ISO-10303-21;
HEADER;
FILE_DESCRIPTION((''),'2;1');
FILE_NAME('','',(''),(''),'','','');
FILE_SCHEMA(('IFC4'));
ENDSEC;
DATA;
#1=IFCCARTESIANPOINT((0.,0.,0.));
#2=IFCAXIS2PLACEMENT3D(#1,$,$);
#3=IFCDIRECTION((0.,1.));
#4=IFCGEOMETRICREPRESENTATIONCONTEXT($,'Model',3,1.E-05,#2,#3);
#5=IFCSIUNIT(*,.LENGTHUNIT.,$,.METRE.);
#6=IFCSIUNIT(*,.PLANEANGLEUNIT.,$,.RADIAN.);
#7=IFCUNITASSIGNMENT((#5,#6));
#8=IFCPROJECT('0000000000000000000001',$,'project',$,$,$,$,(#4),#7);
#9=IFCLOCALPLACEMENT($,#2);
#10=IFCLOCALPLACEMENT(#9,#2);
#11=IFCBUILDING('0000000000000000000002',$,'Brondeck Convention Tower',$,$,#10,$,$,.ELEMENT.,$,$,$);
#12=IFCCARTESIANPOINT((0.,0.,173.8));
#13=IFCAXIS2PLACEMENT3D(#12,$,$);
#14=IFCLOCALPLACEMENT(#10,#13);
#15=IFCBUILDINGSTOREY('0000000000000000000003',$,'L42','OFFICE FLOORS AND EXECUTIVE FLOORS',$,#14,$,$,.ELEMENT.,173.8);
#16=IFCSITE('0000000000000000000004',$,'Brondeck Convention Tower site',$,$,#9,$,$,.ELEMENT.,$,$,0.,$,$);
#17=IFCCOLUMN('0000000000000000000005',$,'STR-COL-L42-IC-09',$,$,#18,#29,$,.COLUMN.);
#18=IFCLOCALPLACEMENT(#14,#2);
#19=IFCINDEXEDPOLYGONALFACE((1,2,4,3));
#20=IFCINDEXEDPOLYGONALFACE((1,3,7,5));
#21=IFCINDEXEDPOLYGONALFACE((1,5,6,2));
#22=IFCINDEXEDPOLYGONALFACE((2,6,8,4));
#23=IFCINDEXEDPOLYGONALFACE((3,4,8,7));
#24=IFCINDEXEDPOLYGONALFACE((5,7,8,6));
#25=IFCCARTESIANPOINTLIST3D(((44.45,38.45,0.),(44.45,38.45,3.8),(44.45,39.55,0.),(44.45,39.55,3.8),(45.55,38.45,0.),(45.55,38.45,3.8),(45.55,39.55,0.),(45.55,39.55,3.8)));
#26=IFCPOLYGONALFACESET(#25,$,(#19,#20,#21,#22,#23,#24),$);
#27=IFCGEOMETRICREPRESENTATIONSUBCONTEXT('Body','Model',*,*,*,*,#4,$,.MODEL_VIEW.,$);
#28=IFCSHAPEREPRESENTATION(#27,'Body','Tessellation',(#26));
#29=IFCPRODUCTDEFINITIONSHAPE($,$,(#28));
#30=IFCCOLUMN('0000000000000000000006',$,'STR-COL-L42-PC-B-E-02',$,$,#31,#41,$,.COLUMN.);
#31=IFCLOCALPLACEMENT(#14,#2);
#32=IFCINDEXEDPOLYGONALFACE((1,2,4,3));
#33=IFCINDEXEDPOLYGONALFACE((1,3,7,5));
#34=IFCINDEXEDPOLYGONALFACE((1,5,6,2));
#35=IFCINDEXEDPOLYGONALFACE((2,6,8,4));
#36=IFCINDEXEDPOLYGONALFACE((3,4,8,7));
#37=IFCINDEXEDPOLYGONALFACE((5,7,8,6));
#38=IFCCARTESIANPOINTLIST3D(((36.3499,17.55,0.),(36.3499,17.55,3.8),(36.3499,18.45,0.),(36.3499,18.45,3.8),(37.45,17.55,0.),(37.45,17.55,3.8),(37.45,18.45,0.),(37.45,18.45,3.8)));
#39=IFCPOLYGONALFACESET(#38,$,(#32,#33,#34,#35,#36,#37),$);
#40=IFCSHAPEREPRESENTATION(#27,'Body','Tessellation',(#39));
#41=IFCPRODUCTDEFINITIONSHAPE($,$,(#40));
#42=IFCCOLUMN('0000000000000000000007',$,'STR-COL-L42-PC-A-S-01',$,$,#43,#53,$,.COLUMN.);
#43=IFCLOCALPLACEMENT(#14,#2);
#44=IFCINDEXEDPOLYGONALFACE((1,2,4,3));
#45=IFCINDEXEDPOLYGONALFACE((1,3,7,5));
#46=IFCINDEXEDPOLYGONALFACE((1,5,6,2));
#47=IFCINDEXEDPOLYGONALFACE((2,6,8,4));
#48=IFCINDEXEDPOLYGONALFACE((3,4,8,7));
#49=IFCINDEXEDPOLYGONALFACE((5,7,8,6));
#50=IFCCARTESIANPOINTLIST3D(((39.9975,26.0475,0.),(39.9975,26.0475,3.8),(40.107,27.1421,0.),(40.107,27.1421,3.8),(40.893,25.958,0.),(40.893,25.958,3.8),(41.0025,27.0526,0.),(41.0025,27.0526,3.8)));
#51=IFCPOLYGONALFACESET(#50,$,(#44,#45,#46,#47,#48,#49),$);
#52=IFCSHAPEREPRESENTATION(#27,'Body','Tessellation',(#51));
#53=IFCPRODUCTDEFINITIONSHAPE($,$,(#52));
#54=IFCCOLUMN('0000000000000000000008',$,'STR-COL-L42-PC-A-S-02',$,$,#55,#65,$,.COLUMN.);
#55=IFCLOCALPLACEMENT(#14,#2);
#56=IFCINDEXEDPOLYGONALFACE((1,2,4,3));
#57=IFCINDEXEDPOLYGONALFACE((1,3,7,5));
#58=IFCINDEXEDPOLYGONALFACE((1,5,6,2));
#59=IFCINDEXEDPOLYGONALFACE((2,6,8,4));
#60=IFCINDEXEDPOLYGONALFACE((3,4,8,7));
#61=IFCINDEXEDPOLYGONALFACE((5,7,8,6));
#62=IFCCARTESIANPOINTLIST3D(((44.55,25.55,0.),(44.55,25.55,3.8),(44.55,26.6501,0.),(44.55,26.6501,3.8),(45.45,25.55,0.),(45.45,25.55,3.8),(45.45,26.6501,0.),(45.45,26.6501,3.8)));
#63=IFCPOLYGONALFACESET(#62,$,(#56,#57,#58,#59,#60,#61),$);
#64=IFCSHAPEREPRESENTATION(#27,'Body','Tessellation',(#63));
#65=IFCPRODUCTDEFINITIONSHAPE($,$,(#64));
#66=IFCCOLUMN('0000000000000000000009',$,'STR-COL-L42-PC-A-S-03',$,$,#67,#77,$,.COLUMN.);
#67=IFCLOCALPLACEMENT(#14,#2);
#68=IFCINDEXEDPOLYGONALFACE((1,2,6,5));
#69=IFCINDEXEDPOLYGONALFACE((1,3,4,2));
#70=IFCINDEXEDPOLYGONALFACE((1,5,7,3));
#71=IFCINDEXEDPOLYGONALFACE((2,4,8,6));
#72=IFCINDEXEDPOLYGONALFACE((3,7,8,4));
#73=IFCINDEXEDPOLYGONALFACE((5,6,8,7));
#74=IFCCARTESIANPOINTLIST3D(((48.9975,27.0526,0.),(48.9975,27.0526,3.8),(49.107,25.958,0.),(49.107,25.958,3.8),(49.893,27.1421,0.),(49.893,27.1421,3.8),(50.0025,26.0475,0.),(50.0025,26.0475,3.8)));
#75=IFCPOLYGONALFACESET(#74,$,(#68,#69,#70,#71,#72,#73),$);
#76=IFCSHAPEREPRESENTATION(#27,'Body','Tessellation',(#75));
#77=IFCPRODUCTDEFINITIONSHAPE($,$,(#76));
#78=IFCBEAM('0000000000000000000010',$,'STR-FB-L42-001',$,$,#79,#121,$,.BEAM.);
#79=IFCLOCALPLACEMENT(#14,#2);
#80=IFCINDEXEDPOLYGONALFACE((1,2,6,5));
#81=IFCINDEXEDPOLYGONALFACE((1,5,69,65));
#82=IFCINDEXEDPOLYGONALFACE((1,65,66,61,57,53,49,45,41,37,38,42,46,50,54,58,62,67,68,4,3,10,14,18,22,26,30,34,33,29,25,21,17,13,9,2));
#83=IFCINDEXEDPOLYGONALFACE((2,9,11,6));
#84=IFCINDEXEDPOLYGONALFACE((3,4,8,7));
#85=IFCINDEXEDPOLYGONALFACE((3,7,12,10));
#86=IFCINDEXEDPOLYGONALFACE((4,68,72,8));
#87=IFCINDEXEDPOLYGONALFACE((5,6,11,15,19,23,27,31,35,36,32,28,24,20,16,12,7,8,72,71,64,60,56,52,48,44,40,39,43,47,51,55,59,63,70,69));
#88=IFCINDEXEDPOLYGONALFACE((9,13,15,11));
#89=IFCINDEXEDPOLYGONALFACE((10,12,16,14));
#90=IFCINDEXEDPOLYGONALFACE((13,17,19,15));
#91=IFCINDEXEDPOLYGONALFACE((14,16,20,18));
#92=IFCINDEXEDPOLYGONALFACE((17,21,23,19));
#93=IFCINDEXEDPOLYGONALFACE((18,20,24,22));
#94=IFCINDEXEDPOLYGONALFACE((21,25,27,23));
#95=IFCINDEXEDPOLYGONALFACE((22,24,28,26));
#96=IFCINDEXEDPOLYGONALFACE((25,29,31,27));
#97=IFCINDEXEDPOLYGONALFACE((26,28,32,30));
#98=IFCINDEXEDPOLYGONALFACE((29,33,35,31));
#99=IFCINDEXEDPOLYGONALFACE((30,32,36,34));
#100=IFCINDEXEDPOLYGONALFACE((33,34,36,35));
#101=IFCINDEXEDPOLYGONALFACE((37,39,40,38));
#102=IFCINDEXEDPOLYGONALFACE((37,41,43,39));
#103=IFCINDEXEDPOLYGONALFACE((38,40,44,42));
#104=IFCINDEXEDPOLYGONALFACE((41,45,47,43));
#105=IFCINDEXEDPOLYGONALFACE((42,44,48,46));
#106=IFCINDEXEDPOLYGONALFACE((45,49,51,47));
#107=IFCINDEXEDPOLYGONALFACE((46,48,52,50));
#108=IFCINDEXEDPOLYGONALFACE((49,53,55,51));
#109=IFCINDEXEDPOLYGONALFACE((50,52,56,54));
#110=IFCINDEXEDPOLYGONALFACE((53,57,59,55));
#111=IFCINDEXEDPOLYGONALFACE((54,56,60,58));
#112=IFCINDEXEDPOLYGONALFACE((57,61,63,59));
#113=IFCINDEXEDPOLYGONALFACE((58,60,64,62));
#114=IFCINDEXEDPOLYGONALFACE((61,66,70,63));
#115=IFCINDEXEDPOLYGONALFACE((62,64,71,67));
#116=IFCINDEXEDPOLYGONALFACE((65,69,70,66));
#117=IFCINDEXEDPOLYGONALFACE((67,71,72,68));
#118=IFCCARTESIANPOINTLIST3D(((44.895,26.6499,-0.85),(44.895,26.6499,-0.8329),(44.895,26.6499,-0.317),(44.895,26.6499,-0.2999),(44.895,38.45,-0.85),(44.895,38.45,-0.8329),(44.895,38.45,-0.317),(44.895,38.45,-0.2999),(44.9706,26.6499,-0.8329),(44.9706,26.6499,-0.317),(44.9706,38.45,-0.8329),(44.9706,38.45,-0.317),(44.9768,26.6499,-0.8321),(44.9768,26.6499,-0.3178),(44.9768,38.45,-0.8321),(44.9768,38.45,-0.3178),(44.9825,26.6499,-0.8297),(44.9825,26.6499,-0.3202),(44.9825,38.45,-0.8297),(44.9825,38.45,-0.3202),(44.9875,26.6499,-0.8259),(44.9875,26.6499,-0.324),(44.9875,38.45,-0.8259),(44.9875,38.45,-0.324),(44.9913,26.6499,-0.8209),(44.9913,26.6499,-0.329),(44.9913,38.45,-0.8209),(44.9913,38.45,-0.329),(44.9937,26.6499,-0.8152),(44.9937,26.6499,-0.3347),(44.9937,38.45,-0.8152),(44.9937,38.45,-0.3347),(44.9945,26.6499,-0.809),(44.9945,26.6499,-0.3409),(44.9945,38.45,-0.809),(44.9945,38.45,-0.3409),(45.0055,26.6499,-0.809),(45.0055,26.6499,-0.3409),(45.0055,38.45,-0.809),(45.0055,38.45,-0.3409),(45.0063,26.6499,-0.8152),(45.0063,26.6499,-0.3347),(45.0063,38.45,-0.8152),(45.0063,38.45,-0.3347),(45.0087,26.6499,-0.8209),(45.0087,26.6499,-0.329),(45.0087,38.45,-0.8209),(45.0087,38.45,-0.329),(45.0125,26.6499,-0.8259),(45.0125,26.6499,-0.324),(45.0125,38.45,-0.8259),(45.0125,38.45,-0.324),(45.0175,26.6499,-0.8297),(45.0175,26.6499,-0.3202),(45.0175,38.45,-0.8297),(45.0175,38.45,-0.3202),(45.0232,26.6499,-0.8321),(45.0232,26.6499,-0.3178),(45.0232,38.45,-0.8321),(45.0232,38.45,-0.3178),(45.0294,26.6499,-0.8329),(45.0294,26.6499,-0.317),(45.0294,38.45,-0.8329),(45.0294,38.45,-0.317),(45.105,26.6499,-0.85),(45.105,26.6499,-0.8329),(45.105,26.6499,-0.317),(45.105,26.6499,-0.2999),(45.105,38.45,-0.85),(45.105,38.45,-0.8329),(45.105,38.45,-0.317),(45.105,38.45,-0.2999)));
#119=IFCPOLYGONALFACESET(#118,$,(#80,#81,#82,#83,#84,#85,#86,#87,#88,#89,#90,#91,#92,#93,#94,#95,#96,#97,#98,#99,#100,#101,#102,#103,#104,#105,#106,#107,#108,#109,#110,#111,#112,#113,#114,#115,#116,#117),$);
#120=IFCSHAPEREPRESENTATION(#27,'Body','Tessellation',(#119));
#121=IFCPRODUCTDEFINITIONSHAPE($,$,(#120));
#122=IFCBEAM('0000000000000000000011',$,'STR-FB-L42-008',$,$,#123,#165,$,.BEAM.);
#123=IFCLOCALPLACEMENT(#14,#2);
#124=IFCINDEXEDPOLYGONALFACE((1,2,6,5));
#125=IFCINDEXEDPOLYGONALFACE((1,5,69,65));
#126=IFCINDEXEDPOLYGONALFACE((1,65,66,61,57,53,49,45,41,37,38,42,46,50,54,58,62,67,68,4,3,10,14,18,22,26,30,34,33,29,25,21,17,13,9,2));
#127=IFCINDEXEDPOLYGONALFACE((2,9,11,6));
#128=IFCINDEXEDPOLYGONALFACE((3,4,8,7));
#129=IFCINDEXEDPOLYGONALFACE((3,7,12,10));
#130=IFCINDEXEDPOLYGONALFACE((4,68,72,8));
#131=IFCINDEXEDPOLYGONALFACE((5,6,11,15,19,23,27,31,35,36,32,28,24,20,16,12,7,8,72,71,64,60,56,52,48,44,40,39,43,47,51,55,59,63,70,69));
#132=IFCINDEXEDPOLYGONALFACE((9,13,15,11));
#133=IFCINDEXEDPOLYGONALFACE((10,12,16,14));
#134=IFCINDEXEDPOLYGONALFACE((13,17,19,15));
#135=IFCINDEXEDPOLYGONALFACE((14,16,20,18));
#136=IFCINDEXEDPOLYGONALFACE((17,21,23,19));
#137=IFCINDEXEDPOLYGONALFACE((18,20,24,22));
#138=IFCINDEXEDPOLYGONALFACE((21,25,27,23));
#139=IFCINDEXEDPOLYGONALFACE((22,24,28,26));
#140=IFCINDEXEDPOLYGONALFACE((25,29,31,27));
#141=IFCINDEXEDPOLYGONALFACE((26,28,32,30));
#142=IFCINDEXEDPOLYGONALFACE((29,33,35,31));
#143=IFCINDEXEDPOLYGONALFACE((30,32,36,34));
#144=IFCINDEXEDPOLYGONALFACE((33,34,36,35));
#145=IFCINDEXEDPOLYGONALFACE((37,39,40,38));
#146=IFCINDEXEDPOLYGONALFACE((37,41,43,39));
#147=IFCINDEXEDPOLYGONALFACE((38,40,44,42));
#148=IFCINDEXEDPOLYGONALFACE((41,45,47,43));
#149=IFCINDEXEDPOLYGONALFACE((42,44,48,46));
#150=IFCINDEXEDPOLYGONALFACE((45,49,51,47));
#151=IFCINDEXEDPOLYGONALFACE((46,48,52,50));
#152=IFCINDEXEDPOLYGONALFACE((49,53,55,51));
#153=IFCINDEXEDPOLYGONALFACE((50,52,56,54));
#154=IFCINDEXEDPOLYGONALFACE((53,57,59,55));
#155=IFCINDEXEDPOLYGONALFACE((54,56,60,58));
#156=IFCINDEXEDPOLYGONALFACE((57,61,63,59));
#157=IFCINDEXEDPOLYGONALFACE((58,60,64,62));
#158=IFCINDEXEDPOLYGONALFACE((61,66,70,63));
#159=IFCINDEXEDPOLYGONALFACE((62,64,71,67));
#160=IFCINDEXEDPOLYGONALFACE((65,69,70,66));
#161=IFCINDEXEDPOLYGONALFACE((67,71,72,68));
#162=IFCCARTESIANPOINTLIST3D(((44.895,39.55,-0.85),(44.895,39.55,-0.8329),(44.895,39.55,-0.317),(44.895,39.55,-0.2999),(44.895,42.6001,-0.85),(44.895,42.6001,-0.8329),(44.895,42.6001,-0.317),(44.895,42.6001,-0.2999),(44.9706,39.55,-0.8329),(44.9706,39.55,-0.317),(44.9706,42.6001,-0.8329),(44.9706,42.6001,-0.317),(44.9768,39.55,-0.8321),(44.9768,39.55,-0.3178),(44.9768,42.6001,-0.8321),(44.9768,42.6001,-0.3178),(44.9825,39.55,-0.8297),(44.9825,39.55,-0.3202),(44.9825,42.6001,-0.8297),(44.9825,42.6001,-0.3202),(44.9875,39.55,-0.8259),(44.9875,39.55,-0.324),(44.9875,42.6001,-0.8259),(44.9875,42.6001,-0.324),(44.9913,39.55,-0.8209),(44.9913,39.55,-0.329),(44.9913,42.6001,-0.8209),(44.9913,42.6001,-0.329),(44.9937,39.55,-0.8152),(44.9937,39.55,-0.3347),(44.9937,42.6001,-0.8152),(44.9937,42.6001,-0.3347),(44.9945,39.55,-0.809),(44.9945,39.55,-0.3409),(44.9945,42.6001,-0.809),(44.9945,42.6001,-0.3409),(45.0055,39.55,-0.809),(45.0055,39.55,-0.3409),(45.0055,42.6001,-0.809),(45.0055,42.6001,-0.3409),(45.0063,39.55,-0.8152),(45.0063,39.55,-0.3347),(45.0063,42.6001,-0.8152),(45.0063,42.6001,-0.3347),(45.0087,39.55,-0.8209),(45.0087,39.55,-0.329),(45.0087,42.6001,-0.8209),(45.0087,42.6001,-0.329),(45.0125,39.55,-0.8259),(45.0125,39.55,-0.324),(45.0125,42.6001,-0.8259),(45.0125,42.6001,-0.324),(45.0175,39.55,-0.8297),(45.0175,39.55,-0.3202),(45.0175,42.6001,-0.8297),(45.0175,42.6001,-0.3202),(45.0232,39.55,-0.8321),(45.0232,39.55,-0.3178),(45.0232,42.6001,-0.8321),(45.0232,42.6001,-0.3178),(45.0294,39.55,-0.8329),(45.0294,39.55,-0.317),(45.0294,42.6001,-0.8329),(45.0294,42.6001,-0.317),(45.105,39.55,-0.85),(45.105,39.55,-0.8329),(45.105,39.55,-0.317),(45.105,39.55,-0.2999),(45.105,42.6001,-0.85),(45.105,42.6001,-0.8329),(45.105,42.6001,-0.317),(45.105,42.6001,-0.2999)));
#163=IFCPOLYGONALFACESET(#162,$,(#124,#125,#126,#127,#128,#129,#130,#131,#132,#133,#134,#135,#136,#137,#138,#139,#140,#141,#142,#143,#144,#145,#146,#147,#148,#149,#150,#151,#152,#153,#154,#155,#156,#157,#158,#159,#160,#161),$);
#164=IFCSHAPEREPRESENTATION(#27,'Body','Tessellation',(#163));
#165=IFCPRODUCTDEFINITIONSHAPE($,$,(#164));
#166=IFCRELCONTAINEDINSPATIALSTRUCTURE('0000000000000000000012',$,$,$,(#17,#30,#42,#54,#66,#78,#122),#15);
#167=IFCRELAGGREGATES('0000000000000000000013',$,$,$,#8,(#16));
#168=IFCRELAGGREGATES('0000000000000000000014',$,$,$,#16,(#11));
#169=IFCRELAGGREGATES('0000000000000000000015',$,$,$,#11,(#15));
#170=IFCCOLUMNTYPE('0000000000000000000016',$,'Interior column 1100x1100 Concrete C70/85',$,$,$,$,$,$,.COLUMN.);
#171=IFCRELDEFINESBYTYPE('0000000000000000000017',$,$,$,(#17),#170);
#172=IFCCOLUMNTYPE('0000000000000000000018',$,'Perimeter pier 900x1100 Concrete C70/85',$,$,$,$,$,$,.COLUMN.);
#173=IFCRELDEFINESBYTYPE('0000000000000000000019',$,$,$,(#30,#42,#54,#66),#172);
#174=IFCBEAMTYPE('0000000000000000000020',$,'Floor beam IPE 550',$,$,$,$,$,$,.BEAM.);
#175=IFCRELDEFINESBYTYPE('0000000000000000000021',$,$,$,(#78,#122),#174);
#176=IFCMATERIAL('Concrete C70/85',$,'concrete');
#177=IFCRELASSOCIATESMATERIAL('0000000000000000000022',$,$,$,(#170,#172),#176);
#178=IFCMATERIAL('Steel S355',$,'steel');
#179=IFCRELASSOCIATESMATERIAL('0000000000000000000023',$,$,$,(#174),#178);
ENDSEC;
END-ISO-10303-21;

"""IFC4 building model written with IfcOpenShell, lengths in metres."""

from ifc_helpers import new_model, si_unit, direction, frame, origin, origin_2d, place, context, subcontext, project, spatial, rectangle, i_section, extrude, material, material_profile, profile_set, type_object, element, save


model = new_model("IFC4")

# Units and contexts
model_context = context("Model", 3, precision=1e-05, world=origin(), true_north=direction((0.0, 1.0)))
body_context = subcontext(model_context, "Body", "Model", "MODEL_VIEW")
ifc_project = project(units=[si_unit("LENGTHUNIT", "METRE"), si_unit("PLANEANGLEUNIT", "RADIAN")], contexts=[model_context])

# Site, building, storey
site_placement = place(None, origin())
site = spatial("IfcSite", under=ifc_project, at=site_placement, Name="Brondeck Convention Tower site", CompositionType="ELEMENT", RefElevation=0.0)
building_placement = place(site_placement, origin())
building = spatial("IfcBuilding", under=site, at=building_placement, Name="Brondeck Convention Tower", CompositionType="ELEMENT")
storey_placement = place(building_placement, frame((0.0, 0.0, 173.8)))
storey = spatial("IfcBuildingStorey", under=building, at=storey_placement, Name="L42", Description="OFFICE FLOORS AND EXECUTIVE FLOORS", CompositionType="ELEMENT", Elevation=173.8)

# Columns
ifc_material_1 = material(Name="Concrete C70/85", Category="concrete")
ifc_material_profile_1 = material_profile(ifc_material_1, rectangle(XDim=1.1001, YDim=1.1001, at=origin_2d()), Name="Interior column 1100x1100 Concrete C70/85")
ifc_profile_set_1 = profile_set([ifc_material_profile_1], Name="Concrete C70/85")
column_type_1 = type_object("IfcColumnType", Name="Interior column 1100x1100 Concrete C70/85", PredefinedType="COLUMN", material=ifc_profile_set_1)
column_placement = place(storey_placement, frame((45.0, 39.0, 0.0), z_axis=(0.0, 0.0, 1.0), x_axis=(1.0, 0.0, 0.0)))
element("IfcColumn", 1, at=column_placement, inside=storey, type_object=column_type_1, Name="STR-COL-L42-IC-09", PredefinedType="COLUMN", context=body_context, shape_type="SweptSolid", body=[
    extrude(rectangle(XDim=1.1001, YDim=1.1001, at=origin_2d()), origin(), (0.0, 0.0, 1.0), 3.8),
])
ifc_material_profile_2 = material_profile(ifc_material_1, rectangle(XDim=0.8999, YDim=1.1001, at=origin_2d()), Name="Perimeter pier 900x1100 Concrete C70/85")
ifc_profile_set_2 = profile_set([ifc_material_profile_2], Name="Concrete C70/85")
column_type_2 = type_object("IfcColumnType", Name="Perimeter pier 900x1100 Concrete C70/85", PredefinedType="COLUMN", material=ifc_profile_set_2)
for number, where, z_axis, x_axis, name in (
    (2, (36.8999, 18.0, 0.0), (0.0, 0.0, 1.0), (0.0, 1.0, 0.0), "STR-COL-L42-PC-B-E-02"),
    (3, (40.5, 26.55, 0.0), (0.0, 0.0, 1.0), (0.995037, -0.099504, 0.0), "STR-COL-L42-PC-A-S-01"),
    (4, (45.0, 26.1001, 0.0), (0.0, 0.0, 1.0), (1.0, 0.0, 0.0), "STR-COL-L42-PC-A-S-02"),
    (5, (49.5, 26.55, 0.0), (0.0, 0.0, 1.0), (0.995037, 0.099504, 0.0), "STR-COL-L42-PC-A-S-03"),
):
    element("IfcColumn", number, at=place(storey_placement, frame(where, z_axis=z_axis, x_axis=x_axis)), inside=storey, type_object=column_type_2, Name=name, PredefinedType="COLUMN", context=body_context, shape_type="SweptSolid", body=[
        extrude(rectangle(XDim=0.8999, YDim=1.1001, at=origin_2d()), origin(), (0.0, 0.0, 1.0), 3.8),
    ])

# Beams
ifc_material_2 = material(Name="Steel S355", Category="steel")
ifc_material_profile_3 = material_profile(ifc_material_2, i_section(OverallWidth=0.21, OverallDepth=0.55, WebThickness=0.011, FlangeThickness=0.0171, FilletRadius=0.0239, at=origin_2d()), Name="IPE 550")
ifc_profile_set_3 = profile_set([ifc_material_profile_3], Name="Steel S355")
beam_type_1 = type_object("IfcBeamType", Name="Floor beam IPE 550", PredefinedType="BEAM", material=ifc_profile_set_3)
beam_1_placement = place(storey_placement, frame((45.0, 26.6499, -0.575), z_axis=(0.0, 1.0, 0.0), x_axis=(-1.0, 0.0, 0.0)))
element("IfcBeam", 6, at=beam_1_placement, inside=storey, type_object=beam_type_1, Name="STR-FB-L42-001", PredefinedType="BEAM", context=body_context, shape_type="SweptSolid", body=[
    extrude(i_section(OverallWidth=0.21, OverallDepth=0.55, WebThickness=0.011, FlangeThickness=0.0171, FilletRadius=0.0239, at=origin_2d()), origin(), (0.0, 0.0, 1.0), 11.8),
])
beam_2_placement = place(storey_placement, frame((45.0, 39.55, -0.575), z_axis=(0.0, 1.0, 0.0), x_axis=(-1.0, 0.0, 0.0)))
element("IfcBeam", 7, at=beam_2_placement, inside=storey, type_object=beam_type_1, Name="STR-FB-L42-008", PredefinedType="BEAM", context=body_context, shape_type="SweptSolid", body=[
    extrude(i_section(OverallWidth=0.21, OverallDepth=0.55, WebThickness=0.011, FlangeThickness=0.0171, FilletRadius=0.0239, at=origin_2d()), origin(), (0.0, 0.0, 1.0), 3.05),
])

save(model, "model.ifc")
